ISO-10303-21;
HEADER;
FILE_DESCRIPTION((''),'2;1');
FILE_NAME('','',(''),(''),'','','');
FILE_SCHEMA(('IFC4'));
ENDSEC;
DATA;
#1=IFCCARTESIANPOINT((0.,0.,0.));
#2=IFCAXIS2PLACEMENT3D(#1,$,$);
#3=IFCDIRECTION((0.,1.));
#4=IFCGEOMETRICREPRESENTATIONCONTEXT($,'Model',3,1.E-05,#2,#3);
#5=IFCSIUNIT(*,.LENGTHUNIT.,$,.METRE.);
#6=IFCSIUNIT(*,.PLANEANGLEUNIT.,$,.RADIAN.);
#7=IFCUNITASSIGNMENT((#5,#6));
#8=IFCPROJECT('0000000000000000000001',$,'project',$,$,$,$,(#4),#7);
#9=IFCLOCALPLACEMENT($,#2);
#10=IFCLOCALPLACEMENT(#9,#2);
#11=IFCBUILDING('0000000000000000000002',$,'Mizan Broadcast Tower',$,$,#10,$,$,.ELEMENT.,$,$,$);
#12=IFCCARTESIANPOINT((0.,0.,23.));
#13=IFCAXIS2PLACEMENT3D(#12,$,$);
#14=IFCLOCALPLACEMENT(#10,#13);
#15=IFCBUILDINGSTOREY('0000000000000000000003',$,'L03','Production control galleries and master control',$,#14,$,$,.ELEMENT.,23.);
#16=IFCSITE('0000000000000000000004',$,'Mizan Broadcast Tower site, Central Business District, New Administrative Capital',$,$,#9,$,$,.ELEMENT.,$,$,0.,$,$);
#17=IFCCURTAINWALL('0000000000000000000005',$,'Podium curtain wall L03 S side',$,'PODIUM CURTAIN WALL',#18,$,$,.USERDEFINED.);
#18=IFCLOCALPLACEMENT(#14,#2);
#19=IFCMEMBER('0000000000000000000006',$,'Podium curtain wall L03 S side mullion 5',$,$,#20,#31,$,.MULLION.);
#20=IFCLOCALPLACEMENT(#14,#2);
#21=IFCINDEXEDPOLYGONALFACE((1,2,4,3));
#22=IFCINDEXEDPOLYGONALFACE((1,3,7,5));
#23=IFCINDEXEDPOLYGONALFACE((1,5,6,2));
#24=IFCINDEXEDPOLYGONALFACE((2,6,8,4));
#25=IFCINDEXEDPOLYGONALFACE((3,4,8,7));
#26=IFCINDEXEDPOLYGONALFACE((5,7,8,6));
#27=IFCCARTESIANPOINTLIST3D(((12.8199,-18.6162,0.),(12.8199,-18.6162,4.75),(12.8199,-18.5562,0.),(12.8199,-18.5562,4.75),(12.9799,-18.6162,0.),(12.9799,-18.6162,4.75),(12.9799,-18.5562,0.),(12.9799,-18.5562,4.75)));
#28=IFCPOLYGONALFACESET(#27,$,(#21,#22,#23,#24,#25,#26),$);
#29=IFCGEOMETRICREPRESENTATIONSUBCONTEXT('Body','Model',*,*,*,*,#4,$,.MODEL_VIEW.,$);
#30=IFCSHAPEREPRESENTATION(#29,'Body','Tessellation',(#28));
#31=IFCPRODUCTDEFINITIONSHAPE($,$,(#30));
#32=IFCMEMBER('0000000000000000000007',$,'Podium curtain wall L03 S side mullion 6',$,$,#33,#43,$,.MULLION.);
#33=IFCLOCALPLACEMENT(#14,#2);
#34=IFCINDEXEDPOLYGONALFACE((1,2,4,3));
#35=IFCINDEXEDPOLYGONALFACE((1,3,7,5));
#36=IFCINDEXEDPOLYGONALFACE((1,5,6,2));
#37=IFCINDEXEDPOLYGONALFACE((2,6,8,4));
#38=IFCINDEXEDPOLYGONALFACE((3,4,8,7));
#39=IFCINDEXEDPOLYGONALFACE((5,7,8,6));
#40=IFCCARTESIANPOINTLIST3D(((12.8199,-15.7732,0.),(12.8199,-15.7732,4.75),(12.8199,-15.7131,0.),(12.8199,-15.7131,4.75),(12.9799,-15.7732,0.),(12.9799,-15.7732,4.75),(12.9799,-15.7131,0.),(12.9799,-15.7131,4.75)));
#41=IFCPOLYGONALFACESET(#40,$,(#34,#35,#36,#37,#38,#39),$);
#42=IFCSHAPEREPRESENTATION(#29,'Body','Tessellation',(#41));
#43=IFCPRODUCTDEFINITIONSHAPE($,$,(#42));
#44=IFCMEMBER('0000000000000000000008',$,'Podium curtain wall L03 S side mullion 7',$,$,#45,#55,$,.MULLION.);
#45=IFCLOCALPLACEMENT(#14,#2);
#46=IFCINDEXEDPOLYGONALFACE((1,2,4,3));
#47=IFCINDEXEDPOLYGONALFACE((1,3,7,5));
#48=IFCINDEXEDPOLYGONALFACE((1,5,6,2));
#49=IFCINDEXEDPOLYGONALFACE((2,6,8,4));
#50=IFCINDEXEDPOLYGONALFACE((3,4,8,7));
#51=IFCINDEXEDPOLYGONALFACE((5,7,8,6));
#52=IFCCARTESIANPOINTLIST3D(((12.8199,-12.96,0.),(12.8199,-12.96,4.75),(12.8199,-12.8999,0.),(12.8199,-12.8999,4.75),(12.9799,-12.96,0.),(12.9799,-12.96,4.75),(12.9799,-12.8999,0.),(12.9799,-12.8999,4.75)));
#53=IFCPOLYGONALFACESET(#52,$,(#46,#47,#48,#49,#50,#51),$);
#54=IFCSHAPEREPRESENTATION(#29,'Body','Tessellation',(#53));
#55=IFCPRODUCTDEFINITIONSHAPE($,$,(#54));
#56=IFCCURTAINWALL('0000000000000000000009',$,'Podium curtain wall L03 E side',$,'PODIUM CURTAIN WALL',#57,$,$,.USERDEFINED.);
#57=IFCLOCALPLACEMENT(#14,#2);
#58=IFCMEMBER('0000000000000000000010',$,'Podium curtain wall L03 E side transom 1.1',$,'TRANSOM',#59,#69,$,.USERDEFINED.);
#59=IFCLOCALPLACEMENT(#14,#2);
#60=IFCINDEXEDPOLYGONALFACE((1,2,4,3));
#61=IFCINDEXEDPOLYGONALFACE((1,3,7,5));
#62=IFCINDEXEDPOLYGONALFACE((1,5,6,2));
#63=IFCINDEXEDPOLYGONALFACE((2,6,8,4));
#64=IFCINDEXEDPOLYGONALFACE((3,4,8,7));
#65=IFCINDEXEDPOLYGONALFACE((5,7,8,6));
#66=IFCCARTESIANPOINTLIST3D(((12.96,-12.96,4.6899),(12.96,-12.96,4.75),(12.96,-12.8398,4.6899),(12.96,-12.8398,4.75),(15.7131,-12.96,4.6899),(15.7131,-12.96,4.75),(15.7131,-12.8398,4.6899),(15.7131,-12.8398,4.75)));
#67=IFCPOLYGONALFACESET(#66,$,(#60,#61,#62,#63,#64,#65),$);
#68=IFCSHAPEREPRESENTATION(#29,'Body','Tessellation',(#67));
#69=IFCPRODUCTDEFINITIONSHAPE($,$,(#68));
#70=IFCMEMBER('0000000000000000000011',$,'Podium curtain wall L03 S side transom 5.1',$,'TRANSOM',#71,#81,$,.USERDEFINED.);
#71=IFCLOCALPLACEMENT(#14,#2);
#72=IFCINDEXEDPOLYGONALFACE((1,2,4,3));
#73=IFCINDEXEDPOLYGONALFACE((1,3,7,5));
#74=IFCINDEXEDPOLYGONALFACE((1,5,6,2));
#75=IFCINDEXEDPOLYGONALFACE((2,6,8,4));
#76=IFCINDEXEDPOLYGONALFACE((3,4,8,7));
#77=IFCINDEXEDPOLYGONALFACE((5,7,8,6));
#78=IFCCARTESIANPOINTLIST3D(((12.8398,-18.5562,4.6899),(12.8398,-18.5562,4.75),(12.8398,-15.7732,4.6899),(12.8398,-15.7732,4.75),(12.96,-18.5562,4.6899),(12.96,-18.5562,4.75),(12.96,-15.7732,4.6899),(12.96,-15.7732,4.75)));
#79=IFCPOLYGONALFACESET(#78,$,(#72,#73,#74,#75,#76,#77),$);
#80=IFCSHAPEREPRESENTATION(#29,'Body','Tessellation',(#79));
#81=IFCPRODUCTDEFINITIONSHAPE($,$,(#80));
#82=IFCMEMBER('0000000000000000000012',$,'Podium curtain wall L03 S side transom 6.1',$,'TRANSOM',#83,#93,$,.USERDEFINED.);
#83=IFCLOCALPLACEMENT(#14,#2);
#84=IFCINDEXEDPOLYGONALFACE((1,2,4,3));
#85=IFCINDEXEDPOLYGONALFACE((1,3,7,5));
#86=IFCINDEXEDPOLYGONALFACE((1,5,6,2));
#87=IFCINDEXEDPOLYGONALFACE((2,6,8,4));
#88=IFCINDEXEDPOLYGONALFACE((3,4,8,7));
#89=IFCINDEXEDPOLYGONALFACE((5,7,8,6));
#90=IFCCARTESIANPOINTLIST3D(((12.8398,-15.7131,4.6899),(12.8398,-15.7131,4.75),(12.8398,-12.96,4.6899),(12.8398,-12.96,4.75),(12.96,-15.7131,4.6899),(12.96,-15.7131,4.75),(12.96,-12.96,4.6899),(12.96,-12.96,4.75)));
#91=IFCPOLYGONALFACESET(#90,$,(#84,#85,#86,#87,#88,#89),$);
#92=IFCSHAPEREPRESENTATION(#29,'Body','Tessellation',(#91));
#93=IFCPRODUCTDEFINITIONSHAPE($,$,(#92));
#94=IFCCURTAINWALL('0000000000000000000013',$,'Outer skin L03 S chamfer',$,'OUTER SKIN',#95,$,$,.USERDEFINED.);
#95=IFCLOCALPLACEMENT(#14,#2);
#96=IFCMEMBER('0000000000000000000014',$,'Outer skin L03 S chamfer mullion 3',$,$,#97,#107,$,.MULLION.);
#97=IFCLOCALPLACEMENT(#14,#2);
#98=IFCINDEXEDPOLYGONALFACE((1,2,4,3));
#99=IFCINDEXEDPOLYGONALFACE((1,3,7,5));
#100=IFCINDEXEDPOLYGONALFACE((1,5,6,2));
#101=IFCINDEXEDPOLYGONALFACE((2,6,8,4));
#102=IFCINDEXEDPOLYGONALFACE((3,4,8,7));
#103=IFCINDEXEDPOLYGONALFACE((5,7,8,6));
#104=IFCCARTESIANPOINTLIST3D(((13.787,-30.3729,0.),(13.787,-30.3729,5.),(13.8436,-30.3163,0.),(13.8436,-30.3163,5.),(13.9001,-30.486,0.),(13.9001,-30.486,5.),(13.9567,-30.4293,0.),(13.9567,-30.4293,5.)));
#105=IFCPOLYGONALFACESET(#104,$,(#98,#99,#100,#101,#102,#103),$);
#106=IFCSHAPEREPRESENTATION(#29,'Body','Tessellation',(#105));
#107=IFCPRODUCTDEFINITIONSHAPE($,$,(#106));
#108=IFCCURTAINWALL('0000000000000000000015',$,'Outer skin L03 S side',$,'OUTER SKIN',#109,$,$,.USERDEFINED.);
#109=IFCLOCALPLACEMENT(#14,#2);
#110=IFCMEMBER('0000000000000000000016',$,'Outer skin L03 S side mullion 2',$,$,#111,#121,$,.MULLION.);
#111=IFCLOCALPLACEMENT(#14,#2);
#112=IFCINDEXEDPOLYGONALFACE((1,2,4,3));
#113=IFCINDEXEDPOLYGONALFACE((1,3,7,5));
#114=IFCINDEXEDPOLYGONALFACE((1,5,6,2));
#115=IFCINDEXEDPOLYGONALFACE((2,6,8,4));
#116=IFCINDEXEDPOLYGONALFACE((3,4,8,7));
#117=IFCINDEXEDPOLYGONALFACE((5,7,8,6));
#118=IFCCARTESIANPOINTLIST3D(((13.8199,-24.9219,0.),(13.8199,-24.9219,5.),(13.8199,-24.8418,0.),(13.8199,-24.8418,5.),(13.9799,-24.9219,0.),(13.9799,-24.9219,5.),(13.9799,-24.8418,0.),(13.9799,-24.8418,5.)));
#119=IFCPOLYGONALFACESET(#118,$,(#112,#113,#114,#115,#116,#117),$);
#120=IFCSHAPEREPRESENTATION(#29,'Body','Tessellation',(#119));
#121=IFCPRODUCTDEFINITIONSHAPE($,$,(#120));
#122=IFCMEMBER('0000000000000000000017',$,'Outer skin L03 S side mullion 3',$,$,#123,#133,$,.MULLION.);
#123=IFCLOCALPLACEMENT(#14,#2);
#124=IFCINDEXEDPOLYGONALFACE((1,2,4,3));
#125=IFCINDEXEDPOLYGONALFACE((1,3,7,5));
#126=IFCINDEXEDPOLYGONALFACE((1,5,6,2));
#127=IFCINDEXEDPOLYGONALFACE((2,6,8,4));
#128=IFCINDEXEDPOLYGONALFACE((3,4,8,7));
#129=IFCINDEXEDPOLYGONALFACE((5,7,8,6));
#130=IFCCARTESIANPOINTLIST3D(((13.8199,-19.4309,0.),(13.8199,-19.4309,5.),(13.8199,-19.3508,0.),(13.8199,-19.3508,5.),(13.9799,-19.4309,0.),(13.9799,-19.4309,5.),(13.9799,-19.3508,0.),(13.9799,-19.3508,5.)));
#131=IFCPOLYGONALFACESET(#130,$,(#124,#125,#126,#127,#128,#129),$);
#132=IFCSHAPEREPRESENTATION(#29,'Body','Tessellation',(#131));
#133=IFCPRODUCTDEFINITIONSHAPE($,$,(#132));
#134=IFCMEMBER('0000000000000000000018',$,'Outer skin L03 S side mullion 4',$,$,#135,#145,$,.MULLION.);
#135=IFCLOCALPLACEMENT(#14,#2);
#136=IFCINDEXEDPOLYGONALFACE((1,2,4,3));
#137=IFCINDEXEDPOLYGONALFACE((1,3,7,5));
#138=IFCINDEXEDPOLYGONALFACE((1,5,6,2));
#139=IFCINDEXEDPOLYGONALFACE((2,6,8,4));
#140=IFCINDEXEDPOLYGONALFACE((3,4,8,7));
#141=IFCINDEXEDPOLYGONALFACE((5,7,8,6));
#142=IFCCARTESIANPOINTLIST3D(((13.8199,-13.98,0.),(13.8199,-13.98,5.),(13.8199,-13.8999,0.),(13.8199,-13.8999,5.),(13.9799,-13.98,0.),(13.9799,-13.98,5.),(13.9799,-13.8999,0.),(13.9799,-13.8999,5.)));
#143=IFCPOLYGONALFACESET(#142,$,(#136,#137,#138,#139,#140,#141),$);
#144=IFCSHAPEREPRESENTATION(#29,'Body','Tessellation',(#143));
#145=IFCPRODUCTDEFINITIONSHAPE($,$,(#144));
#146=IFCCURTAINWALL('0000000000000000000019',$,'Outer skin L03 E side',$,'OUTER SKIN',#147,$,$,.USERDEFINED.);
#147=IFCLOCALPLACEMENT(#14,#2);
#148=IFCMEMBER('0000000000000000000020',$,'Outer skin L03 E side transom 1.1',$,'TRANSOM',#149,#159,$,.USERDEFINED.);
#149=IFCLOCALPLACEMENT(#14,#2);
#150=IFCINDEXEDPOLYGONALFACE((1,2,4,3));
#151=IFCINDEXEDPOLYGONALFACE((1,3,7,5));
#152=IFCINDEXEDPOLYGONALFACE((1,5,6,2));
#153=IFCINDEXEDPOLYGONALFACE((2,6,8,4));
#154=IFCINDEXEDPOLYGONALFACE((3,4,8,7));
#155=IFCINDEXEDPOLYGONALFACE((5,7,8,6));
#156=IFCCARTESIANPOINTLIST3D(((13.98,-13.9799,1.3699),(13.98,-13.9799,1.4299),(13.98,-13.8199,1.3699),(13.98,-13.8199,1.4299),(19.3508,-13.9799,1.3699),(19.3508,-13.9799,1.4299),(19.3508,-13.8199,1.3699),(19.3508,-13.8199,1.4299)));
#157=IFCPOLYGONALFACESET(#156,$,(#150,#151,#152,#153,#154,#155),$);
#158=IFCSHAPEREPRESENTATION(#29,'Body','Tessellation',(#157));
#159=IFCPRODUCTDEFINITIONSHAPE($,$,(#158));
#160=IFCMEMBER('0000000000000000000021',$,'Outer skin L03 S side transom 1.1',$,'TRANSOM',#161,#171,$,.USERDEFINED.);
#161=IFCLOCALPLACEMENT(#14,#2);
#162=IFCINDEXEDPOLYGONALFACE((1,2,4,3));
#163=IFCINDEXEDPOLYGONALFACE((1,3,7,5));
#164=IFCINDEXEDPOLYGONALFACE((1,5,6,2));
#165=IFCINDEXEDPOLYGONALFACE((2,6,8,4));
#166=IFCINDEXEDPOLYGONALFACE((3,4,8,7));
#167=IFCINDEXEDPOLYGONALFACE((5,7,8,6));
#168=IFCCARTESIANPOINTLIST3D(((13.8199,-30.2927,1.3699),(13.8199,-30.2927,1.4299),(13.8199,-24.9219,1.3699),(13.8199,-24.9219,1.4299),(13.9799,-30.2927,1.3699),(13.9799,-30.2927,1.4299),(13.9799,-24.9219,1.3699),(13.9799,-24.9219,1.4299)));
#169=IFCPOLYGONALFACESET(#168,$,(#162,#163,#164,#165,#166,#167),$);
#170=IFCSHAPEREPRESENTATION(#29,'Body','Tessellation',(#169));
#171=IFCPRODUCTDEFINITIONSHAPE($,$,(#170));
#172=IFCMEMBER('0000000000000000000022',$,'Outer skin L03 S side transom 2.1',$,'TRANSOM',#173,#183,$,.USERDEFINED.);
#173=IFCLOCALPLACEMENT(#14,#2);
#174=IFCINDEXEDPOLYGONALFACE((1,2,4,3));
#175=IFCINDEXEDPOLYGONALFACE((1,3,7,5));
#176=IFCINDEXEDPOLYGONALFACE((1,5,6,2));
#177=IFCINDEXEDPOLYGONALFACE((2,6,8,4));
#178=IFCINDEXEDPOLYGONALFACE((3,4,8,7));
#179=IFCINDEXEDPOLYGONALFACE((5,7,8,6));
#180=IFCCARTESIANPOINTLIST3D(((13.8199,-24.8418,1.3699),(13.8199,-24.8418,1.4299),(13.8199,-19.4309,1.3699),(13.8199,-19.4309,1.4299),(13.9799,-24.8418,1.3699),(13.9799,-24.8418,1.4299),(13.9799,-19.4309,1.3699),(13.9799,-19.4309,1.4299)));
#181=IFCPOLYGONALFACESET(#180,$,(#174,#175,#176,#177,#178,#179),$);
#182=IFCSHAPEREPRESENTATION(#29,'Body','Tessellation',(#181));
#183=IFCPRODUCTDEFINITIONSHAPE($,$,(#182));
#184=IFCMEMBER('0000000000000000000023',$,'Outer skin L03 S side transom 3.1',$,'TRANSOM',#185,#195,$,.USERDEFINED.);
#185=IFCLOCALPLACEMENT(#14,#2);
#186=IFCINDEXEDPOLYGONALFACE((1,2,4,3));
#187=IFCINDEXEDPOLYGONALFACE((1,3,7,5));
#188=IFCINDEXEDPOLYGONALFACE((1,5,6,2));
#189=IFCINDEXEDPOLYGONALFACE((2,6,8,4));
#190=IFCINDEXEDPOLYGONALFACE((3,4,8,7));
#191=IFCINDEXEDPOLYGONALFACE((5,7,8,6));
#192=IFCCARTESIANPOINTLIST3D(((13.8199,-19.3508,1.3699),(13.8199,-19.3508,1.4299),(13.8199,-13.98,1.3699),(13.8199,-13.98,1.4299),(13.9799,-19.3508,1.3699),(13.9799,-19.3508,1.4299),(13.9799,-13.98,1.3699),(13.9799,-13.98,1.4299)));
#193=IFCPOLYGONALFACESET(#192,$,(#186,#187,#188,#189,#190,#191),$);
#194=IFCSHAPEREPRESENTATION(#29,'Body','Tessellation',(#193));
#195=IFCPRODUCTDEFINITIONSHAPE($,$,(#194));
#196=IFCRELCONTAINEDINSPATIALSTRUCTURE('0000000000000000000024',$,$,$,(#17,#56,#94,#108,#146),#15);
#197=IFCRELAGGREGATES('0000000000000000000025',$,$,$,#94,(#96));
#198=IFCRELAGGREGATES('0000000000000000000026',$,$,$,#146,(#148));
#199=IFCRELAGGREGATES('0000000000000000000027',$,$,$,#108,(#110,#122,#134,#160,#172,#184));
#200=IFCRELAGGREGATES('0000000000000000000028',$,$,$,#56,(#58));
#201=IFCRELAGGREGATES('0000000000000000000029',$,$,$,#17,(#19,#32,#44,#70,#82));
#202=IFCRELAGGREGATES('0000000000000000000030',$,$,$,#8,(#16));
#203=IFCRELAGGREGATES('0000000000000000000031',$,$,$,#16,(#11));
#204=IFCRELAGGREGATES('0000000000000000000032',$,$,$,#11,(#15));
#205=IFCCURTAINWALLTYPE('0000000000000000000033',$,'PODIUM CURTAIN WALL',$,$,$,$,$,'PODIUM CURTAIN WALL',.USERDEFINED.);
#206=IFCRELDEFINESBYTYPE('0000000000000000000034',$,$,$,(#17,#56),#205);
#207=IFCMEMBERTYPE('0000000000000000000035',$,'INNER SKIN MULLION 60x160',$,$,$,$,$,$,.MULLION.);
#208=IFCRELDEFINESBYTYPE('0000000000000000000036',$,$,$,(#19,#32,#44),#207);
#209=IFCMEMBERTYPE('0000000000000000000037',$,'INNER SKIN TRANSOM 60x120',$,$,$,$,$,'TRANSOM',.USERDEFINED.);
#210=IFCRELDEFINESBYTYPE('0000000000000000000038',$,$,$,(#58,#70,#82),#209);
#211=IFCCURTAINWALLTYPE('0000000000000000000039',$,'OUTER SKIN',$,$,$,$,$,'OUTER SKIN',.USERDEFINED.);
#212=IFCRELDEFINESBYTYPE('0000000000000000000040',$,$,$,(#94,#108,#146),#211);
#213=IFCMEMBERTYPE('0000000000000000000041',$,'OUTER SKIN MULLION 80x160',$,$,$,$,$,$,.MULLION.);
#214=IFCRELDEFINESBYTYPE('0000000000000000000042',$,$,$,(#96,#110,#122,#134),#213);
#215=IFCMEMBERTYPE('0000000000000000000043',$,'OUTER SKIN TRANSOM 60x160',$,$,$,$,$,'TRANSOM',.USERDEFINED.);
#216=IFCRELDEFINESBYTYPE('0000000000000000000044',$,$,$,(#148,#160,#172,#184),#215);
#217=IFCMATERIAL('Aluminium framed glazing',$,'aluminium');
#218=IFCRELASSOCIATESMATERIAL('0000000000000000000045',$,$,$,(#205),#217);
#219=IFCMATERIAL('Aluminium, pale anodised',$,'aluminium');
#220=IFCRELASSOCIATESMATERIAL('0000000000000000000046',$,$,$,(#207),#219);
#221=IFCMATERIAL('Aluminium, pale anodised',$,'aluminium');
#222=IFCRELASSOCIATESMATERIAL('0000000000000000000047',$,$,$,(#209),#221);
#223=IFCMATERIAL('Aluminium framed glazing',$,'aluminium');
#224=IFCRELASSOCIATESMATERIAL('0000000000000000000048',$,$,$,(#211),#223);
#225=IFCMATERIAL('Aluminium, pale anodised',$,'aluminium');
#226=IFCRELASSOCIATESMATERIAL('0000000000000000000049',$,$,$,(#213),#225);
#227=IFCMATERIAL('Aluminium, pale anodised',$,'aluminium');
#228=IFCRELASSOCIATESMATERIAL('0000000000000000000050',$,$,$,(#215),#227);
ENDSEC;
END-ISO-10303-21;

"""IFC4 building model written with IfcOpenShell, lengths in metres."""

from ifc_helpers import new_model, si_unit, direction, frame, origin, origin_2d, place, context, subcontext, project, spatial, rectangle, extrude, material, material_profile, profile_set, type_object, element, aggregate, save


model = new_model("IFC4")

# Units and contexts
model_context = context("Model", 3, precision=1e-05, world=origin(), true_north=direction((0.0, 1.0)))
body_context = subcontext(model_context, "Body", "Model", "MODEL_VIEW")
ifc_project = project(units=[si_unit("LENGTHUNIT", "METRE"), si_unit("PLANEANGLEUNIT", "RADIAN")], contexts=[model_context])

# Site, building, storey
site_placement = place(None, origin())
site = spatial("IfcSite", under=ifc_project, at=site_placement, Name="Mizan Broadcast Tower site, Central Business District, New Administrative Capital", CompositionType="ELEMENT", RefElevation=0.0)
building_placement = place(site_placement, origin())
building = spatial("IfcBuilding", under=site, at=building_placement, Name="Mizan Broadcast Tower", CompositionType="ELEMENT")
storey_placement = place(building_placement, frame((0.0, 0.0, 23.0)))
storey = spatial("IfcBuildingStorey", under=building, at=storey_placement, Name="L03", Description="Production control galleries and master control", CompositionType="ELEMENT", Elevation=23.0)

# Curtain wall, members
ifc_material_1 = material(Name="Aluminium framed glazing", Category="aluminium")
curtain_wall_type_1 = type_object("IfcCurtainWallType", Name="PODIUM CURTAIN WALL", ElementType="PODIUM CURTAIN WALL", PredefinedType="USERDEFINED", material=ifc_material_1)
curtain_wall_1_placement = place(storey_placement, origin())
curtain_wall_1 = element("IfcCurtainWall", 1, at=curtain_wall_1_placement, inside=storey, type_object=curtain_wall_type_1, Name="Podium curtain wall L03 S side", ObjectType="PODIUM CURTAIN WALL", PredefinedType="USERDEFINED")
ifc_material_2 = material(Name="Aluminium, pale anodised", Category="aluminium")
ifc_material_profile_1 = material_profile(ifc_material_2, rectangle(XDim=0.1599, YDim=0.0601, at=origin_2d()), Name="MULLION 160x60")
ifc_profile_set_1 = profile_set([ifc_material_profile_1], Name="Aluminium, pale anodised")
member_type_1 = type_object("IfcMemberType", Name="INNER SKIN MULLION 60x160", PredefinedType="MULLION", material=ifc_profile_set_1)
member_1_placement = place(storey_placement, frame((12.8999, -18.5862, 0.0), z_axis=(0.0, 0.0, 1.0), x_axis=(-1.0, 0.0, 0.0)))
member_1 = element("IfcMember", 2, at=member_1_placement, type_object=member_type_1, Name="Podium curtain wall L03 S side mullion 5", PredefinedType="MULLION", context=body_context, shape_type="SweptSolid", body=[
    extrude(rectangle(XDim=0.1599, YDim=0.0601, at=origin_2d()), origin(), (0.0, 0.0, 1.0), 4.75),
])
member_2_placement = place(storey_placement, frame((12.8999, -15.7432, 0.0), z_axis=(0.0, 0.0, 1.0), x_axis=(-1.0, 0.0, 0.0)))
member_2 = element("IfcMember", 3, at=member_2_placement, type_object=member_type_1, Name="Podium curtain wall L03 S side mullion 6", PredefinedType="MULLION", context=body_context, shape_type="SweptSolid", body=[
    extrude(rectangle(XDim=0.1599, YDim=0.0601, at=origin_2d()), origin(), (0.0, 0.0, 1.0), 4.75),
])
member_3_placement = place(storey_placement, frame((12.8999, -12.9299, 0.0), z_axis=(0.0, 0.0, 1.0), x_axis=(-1.0, 0.0, 0.0)))
member_3 = element("IfcMember", 4, at=member_3_placement, type_object=member_type_1, Name="Podium curtain wall L03 S side mullion 7", PredefinedType="MULLION", context=body_context, shape_type="SweptSolid", body=[
    extrude(rectangle(XDim=0.1599, YDim=0.0601, at=origin_2d()), origin(), (0.0, 0.0, 1.0), 4.75),
])

# Curtain wall, member
curtain_wall_2_placement = place(storey_placement, origin())
curtain_wall_2 = element("IfcCurtainWall", 5, at=curtain_wall_2_placement, inside=storey, type_object=curtain_wall_type_1, Name="Podium curtain wall L03 E side", ObjectType="PODIUM CURTAIN WALL", PredefinedType="USERDEFINED")
ifc_material_3 = material(Name="Aluminium, pale anodised", Category="aluminium")
ifc_material_profile_2 = material_profile(ifc_material_3, rectangle(XDim=0.1201, YDim=0.0601, at=origin_2d()), Name="TRANSOM 120x60")
ifc_profile_set_2 = profile_set([ifc_material_profile_2], Name="Aluminium, pale anodised")
member_type_2 = type_object("IfcMemberType", Name="INNER SKIN TRANSOM 60x120", ElementType="TRANSOM", PredefinedType="USERDEFINED", material=ifc_profile_set_2)
member_4_placement = place(storey_placement, frame((12.96, -12.8999, 4.72), z_axis=(1.0, 0.0, 0.0), x_axis=(0.0, 1.0, 0.0)))
member_4 = element("IfcMember", 6, at=member_4_placement, type_object=member_type_2, Name="Podium curtain wall L03 E side transom 1.1", ObjectType="TRANSOM", PredefinedType="USERDEFINED", context=body_context, shape_type="SweptSolid", body=[
    extrude(rectangle(XDim=0.1201, YDim=0.0601, at=origin_2d()), origin(), (0.0, 0.0, 1.0), 2.7532),
])

# Members
member_5_placement = place(storey_placement, frame((12.8999, -18.5562, 4.72), z_axis=(0.0, 1.0, 0.0), x_axis=(-1.0, 0.0, 0.0)))
member_5 = element("IfcMember", 7, at=member_5_placement, type_object=member_type_2, Name="Podium curtain wall L03 S side transom 5.1", ObjectType="TRANSOM", PredefinedType="USERDEFINED", context=body_context, shape_type="SweptSolid", body=[
    extrude(rectangle(XDim=0.1201, YDim=0.0601, at=origin_2d()), origin(), (0.0, 0.0, 1.0), 2.783),
])
member_6_placement = place(storey_placement, frame((12.8999, -15.7131, 4.72), z_axis=(0.0, 1.0, 0.0), x_axis=(-1.0, 0.0, 0.0)))
member_6 = element("IfcMember", 8, at=member_6_placement, type_object=member_type_2, Name="Podium curtain wall L03 S side transom 6.1", ObjectType="TRANSOM", PredefinedType="USERDEFINED", context=body_context, shape_type="SweptSolid", body=[
    extrude(rectangle(XDim=0.1201, YDim=0.0601, at=origin_2d()), origin(), (0.0, 0.0, 1.0), 2.7532),
])

# Curtain wall, member
ifc_material_4 = material(Name="Aluminium framed glazing", Category="aluminium")
curtain_wall_type_2 = type_object("IfcCurtainWallType", Name="OUTER SKIN", ElementType="OUTER SKIN", PredefinedType="USERDEFINED", material=ifc_material_4)
curtain_wall_3_placement = place(storey_placement, origin())
curtain_wall_3 = element("IfcCurtainWall", 9, at=curtain_wall_3_placement, inside=storey, type_object=curtain_wall_type_2, Name="Outer skin L03 S chamfer", ObjectType="OUTER SKIN", PredefinedType="USERDEFINED")
ifc_material_5 = material(Name="Aluminium, pale anodised", Category="aluminium")
ifc_material_profile_3 = material_profile(ifc_material_5, rectangle(XDim=0.1599, YDim=0.0801, at=origin_2d()), Name="MULLION 160x80")
ifc_profile_set_3 = profile_set([ifc_material_profile_3], Name="Aluminium, pale anodised")
member_type_3 = type_object("IfcMemberType", Name="OUTER SKIN MULLION 80x160", PredefinedType="MULLION", material=ifc_profile_set_3)
member_7_placement = place(storey_placement, frame((13.8718, -30.4011, 0.0), z_axis=(0.0, 0.0, 1.0), x_axis=(-0.707107, 0.707107, 0.0)))
member_7 = element("IfcMember", 10, at=member_7_placement, type_object=member_type_3, Name="Outer skin L03 S chamfer mullion 3", PredefinedType="MULLION", context=body_context, shape_type="SweptSolid", body=[
    extrude(rectangle(XDim=0.1599, YDim=0.0801, at=origin_2d()), origin(), (0.0, 0.0, 1.0), 5.0),
])
aggregate(curtain_wall_3, [member_7])

# Curtain wall, members
curtain_wall_4_placement = place(storey_placement, origin())
curtain_wall_4 = element("IfcCurtainWall", 11, at=curtain_wall_4_placement, inside=storey, type_object=curtain_wall_type_2, Name="Outer skin L03 S side", ObjectType="OUTER SKIN", PredefinedType="USERDEFINED")
member_8_placement = place(storey_placement, frame((13.8999, -24.8818, 0.0), z_axis=(0.0, 0.0, 1.0), x_axis=(-1.0, 0.0, 0.0)))
member_8 = element("IfcMember", 12, at=member_8_placement, type_object=member_type_3, Name="Outer skin L03 S side mullion 2", PredefinedType="MULLION", context=body_context, shape_type="SweptSolid", body=[
    extrude(rectangle(XDim=0.1599, YDim=0.0801, at=origin_2d()), origin(), (0.0, 0.0, 1.0), 5.0),
])
member_9_placement = place(storey_placement, frame((13.8999, -19.3909, 0.0), z_axis=(0.0, 0.0, 1.0), x_axis=(-1.0, 0.0, 0.0)))
member_9 = element("IfcMember", 13, at=member_9_placement, type_object=member_type_3, Name="Outer skin L03 S side mullion 3", PredefinedType="MULLION", context=body_context, shape_type="SweptSolid", body=[
    extrude(rectangle(XDim=0.1599, YDim=0.0801, at=origin_2d()), origin(), (0.0, 0.0, 1.0), 5.0),
])
member_10_placement = place(storey_placement, frame((13.8999, -13.9399, 0.0), z_axis=(0.0, 0.0, 1.0), x_axis=(-1.0, 0.0, 0.0)))
member_10 = element("IfcMember", 14, at=member_10_placement, type_object=member_type_3, Name="Outer skin L03 S side mullion 4", PredefinedType="MULLION", context=body_context, shape_type="SweptSolid", body=[
    extrude(rectangle(XDim=0.1599, YDim=0.0801, at=origin_2d()), origin(), (0.0, 0.0, 1.0), 5.0),
])

# Curtain wall, member
curtain_wall_5_placement = place(storey_placement, origin())
curtain_wall_5 = element("IfcCurtainWall", 15, at=curtain_wall_5_placement, inside=storey, type_object=curtain_wall_type_2, Name="Outer skin L03 E side", ObjectType="OUTER SKIN", PredefinedType="USERDEFINED")
ifc_material_6 = material(Name="Aluminium, pale anodised", Category="aluminium")
ifc_material_profile_4 = material_profile(ifc_material_6, rectangle(XDim=0.1599, YDim=0.0601, at=origin_2d()), Name="TRANSOM 160x60")
ifc_profile_set_4 = profile_set([ifc_material_profile_4], Name="Aluminium, pale anodised")
member_type_4 = type_object("IfcMemberType", Name="OUTER SKIN TRANSOM 60x160", ElementType="TRANSOM", PredefinedType="USERDEFINED", material=ifc_profile_set_4)
member_11_placement = place(storey_placement, frame((13.98, -13.8999, 1.3999), z_axis=(1.0, 0.0, 0.0), x_axis=(0.0, 1.0, 0.0)))
member_11 = element("IfcMember", 16, at=member_11_placement, type_object=member_type_4, Name="Outer skin L03 E side transom 1.1", ObjectType="TRANSOM", PredefinedType="USERDEFINED", context=body_context, shape_type="SweptSolid", body=[
    extrude(rectangle(XDim=0.1599, YDim=0.0601, at=origin_2d()), origin(), (0.0, 0.0, 1.0), 5.3708),
])
aggregate(curtain_wall_5, [member_11])

# Members
member_12_placement = place(storey_placement, frame((13.8999, -30.2927, 1.3999), z_axis=(0.0, 1.0, 0.0), x_axis=(-1.0, 0.0, 0.0)))
member_12 = element("IfcMember", 17, at=member_12_placement, type_object=member_type_4, Name="Outer skin L03 S side transom 1.1", ObjectType="TRANSOM", PredefinedType="USERDEFINED", context=body_context, shape_type="SweptSolid", body=[
    extrude(rectangle(XDim=0.1599, YDim=0.0601, at=origin_2d()), origin(), (0.0, 0.0, 1.0), 5.3708),
])
member_13_placement = place(storey_placement, frame((13.8999, -24.8418, 1.3999), z_axis=(0.0, 1.0, 0.0), x_axis=(-1.0, 0.0, 0.0)))
member_13 = element("IfcMember", 18, at=member_13_placement, type_object=member_type_4, Name="Outer skin L03 S side transom 2.1", ObjectType="TRANSOM", PredefinedType="USERDEFINED", context=body_context, shape_type="SweptSolid", body=[
    extrude(rectangle(XDim=0.1599, YDim=0.0601, at=origin_2d()), origin(), (0.0, 0.0, 1.0), 5.4109),
])
member_14_placement = place(storey_placement, frame((13.8999, -19.3508, 1.3999), z_axis=(0.0, 1.0, 0.0), x_axis=(-1.0, 0.0, 0.0)))
member_14 = element("IfcMember", 19, at=member_14_placement, type_object=member_type_4, Name="Outer skin L03 S side transom 3.1", ObjectType="TRANSOM", PredefinedType="USERDEFINED", context=body_context, shape_type="SweptSolid", body=[
    extrude(rectangle(XDim=0.1599, YDim=0.0601, at=origin_2d()), origin(), (0.0, 0.0, 1.0), 5.3708),
])

aggregate(curtain_wall_4, [member_8, member_9, member_10, member_12, member_13, member_14])
aggregate(curtain_wall_2, [member_4])
aggregate(curtain_wall_1, [member_1, member_2, member_3, member_5, member_6])

save(model, "model.ifc")
